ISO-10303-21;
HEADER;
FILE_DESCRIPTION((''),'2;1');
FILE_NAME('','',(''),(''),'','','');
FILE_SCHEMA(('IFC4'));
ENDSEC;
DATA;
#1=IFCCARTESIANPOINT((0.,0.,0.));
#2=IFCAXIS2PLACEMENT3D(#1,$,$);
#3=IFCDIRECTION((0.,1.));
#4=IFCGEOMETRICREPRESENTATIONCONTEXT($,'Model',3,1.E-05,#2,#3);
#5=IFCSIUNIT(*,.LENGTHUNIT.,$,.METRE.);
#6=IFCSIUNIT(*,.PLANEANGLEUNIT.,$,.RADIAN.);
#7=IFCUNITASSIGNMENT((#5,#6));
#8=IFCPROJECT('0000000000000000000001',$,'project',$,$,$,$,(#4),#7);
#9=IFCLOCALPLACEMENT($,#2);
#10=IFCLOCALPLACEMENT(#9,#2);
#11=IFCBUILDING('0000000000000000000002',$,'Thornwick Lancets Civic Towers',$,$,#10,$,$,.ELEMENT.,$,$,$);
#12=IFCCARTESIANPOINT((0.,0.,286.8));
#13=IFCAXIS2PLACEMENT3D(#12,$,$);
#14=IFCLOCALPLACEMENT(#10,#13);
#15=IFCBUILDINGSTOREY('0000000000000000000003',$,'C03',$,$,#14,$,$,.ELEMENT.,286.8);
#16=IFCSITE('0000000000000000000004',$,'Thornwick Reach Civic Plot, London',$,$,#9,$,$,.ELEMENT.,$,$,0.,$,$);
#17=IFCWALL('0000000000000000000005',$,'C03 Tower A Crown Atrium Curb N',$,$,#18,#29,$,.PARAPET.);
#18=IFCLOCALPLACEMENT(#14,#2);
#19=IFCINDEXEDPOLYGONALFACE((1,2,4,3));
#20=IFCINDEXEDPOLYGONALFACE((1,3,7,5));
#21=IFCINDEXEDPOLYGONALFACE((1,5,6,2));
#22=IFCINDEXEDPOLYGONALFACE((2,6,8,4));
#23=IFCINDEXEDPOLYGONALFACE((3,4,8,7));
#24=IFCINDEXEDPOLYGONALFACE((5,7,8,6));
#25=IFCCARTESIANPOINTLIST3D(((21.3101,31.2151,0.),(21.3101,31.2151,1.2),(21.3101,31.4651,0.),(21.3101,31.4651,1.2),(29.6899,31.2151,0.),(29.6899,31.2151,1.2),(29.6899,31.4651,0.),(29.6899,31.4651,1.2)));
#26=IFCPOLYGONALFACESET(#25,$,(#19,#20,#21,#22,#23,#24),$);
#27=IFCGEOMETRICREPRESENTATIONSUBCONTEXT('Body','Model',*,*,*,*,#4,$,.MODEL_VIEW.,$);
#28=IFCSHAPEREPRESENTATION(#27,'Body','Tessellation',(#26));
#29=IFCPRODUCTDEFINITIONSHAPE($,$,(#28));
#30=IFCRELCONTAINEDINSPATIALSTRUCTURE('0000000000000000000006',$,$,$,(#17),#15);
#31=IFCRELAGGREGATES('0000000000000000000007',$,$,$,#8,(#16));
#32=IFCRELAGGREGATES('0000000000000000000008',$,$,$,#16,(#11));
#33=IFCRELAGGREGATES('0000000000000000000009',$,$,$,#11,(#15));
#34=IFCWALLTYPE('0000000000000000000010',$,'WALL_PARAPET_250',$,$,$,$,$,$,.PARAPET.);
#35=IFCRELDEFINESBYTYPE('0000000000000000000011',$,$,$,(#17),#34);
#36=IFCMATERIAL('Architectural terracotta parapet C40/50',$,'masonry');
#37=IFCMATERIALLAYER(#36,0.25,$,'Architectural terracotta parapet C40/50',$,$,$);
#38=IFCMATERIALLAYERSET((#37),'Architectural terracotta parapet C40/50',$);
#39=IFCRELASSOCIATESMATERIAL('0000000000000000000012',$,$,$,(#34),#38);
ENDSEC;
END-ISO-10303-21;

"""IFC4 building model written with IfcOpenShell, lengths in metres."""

from ifc_helpers import new_model, si_unit, direction, frame, frame_2d, origin, place, context, subcontext, project, spatial, rectangle, extrude, material, layer, layer_set, type_object, element, save


model = new_model("IFC4")

# Units and contexts
model_context = context("Model", 3, precision=1e-05, world=origin(), true_north=direction((0.0, 1.0)))
body_context = subcontext(model_context, "Body", "Model", "MODEL_VIEW")
ifc_project = project(units=[si_unit("LENGTHUNIT", "METRE"), si_unit("PLANEANGLEUNIT", "RADIAN")], contexts=[model_context])

# Site, building, storey
site_placement = place(None, origin())
site = spatial("IfcSite", under=ifc_project, at=site_placement, Name="Thornwick Reach Civic Plot, London", CompositionType="ELEMENT", RefElevation=0.0)
building_placement = place(site_placement, origin())
building = spatial("IfcBuilding", under=site, at=building_placement, Name="Thornwick Lancets Civic Towers", CompositionType="ELEMENT")
storey_placement = place(building_placement, frame((0.0, 0.0, 286.8)))
storey = spatial("IfcBuildingStorey", under=building, at=storey_placement, Name="C03", CompositionType="ELEMENT", Elevation=286.8)

# Wall
ifc_material_1 = material(Name="Architectural terracotta parapet C40/50", Category="masonry")
ifc_layer_1 = layer(ifc_material_1, 0.25, Name="Architectural terracotta parapet C40/50")
ifc_layer_set_1 = layer_set([ifc_layer_1], Name="Architectural terracotta parapet C40/50")
wall_type = type_object("IfcWallType", Name="WALL_PARAPET_250", PredefinedType="PARAPET", material=ifc_layer_set_1)
wall_placement = place(storey_placement, frame((29.6899, 31.3401, 0.0), z_axis=(0.0, 0.0, 1.0), x_axis=(-1.0, 0.0, 0.0)))
element("IfcWall", 1, at=wall_placement, inside=storey, type_object=wall_type, Name="C03 Tower A Crown Atrium Curb N", PredefinedType="PARAPET", context=body_context, shape_type="SweptSolid", body=[
    extrude(rectangle(XDim=8.3799, YDim=0.25, at=frame_2d((4.1899, 0.0))), origin(), (0.0, 0.0, 1.0), 1.2),
])

save(model, "model.ifc")
